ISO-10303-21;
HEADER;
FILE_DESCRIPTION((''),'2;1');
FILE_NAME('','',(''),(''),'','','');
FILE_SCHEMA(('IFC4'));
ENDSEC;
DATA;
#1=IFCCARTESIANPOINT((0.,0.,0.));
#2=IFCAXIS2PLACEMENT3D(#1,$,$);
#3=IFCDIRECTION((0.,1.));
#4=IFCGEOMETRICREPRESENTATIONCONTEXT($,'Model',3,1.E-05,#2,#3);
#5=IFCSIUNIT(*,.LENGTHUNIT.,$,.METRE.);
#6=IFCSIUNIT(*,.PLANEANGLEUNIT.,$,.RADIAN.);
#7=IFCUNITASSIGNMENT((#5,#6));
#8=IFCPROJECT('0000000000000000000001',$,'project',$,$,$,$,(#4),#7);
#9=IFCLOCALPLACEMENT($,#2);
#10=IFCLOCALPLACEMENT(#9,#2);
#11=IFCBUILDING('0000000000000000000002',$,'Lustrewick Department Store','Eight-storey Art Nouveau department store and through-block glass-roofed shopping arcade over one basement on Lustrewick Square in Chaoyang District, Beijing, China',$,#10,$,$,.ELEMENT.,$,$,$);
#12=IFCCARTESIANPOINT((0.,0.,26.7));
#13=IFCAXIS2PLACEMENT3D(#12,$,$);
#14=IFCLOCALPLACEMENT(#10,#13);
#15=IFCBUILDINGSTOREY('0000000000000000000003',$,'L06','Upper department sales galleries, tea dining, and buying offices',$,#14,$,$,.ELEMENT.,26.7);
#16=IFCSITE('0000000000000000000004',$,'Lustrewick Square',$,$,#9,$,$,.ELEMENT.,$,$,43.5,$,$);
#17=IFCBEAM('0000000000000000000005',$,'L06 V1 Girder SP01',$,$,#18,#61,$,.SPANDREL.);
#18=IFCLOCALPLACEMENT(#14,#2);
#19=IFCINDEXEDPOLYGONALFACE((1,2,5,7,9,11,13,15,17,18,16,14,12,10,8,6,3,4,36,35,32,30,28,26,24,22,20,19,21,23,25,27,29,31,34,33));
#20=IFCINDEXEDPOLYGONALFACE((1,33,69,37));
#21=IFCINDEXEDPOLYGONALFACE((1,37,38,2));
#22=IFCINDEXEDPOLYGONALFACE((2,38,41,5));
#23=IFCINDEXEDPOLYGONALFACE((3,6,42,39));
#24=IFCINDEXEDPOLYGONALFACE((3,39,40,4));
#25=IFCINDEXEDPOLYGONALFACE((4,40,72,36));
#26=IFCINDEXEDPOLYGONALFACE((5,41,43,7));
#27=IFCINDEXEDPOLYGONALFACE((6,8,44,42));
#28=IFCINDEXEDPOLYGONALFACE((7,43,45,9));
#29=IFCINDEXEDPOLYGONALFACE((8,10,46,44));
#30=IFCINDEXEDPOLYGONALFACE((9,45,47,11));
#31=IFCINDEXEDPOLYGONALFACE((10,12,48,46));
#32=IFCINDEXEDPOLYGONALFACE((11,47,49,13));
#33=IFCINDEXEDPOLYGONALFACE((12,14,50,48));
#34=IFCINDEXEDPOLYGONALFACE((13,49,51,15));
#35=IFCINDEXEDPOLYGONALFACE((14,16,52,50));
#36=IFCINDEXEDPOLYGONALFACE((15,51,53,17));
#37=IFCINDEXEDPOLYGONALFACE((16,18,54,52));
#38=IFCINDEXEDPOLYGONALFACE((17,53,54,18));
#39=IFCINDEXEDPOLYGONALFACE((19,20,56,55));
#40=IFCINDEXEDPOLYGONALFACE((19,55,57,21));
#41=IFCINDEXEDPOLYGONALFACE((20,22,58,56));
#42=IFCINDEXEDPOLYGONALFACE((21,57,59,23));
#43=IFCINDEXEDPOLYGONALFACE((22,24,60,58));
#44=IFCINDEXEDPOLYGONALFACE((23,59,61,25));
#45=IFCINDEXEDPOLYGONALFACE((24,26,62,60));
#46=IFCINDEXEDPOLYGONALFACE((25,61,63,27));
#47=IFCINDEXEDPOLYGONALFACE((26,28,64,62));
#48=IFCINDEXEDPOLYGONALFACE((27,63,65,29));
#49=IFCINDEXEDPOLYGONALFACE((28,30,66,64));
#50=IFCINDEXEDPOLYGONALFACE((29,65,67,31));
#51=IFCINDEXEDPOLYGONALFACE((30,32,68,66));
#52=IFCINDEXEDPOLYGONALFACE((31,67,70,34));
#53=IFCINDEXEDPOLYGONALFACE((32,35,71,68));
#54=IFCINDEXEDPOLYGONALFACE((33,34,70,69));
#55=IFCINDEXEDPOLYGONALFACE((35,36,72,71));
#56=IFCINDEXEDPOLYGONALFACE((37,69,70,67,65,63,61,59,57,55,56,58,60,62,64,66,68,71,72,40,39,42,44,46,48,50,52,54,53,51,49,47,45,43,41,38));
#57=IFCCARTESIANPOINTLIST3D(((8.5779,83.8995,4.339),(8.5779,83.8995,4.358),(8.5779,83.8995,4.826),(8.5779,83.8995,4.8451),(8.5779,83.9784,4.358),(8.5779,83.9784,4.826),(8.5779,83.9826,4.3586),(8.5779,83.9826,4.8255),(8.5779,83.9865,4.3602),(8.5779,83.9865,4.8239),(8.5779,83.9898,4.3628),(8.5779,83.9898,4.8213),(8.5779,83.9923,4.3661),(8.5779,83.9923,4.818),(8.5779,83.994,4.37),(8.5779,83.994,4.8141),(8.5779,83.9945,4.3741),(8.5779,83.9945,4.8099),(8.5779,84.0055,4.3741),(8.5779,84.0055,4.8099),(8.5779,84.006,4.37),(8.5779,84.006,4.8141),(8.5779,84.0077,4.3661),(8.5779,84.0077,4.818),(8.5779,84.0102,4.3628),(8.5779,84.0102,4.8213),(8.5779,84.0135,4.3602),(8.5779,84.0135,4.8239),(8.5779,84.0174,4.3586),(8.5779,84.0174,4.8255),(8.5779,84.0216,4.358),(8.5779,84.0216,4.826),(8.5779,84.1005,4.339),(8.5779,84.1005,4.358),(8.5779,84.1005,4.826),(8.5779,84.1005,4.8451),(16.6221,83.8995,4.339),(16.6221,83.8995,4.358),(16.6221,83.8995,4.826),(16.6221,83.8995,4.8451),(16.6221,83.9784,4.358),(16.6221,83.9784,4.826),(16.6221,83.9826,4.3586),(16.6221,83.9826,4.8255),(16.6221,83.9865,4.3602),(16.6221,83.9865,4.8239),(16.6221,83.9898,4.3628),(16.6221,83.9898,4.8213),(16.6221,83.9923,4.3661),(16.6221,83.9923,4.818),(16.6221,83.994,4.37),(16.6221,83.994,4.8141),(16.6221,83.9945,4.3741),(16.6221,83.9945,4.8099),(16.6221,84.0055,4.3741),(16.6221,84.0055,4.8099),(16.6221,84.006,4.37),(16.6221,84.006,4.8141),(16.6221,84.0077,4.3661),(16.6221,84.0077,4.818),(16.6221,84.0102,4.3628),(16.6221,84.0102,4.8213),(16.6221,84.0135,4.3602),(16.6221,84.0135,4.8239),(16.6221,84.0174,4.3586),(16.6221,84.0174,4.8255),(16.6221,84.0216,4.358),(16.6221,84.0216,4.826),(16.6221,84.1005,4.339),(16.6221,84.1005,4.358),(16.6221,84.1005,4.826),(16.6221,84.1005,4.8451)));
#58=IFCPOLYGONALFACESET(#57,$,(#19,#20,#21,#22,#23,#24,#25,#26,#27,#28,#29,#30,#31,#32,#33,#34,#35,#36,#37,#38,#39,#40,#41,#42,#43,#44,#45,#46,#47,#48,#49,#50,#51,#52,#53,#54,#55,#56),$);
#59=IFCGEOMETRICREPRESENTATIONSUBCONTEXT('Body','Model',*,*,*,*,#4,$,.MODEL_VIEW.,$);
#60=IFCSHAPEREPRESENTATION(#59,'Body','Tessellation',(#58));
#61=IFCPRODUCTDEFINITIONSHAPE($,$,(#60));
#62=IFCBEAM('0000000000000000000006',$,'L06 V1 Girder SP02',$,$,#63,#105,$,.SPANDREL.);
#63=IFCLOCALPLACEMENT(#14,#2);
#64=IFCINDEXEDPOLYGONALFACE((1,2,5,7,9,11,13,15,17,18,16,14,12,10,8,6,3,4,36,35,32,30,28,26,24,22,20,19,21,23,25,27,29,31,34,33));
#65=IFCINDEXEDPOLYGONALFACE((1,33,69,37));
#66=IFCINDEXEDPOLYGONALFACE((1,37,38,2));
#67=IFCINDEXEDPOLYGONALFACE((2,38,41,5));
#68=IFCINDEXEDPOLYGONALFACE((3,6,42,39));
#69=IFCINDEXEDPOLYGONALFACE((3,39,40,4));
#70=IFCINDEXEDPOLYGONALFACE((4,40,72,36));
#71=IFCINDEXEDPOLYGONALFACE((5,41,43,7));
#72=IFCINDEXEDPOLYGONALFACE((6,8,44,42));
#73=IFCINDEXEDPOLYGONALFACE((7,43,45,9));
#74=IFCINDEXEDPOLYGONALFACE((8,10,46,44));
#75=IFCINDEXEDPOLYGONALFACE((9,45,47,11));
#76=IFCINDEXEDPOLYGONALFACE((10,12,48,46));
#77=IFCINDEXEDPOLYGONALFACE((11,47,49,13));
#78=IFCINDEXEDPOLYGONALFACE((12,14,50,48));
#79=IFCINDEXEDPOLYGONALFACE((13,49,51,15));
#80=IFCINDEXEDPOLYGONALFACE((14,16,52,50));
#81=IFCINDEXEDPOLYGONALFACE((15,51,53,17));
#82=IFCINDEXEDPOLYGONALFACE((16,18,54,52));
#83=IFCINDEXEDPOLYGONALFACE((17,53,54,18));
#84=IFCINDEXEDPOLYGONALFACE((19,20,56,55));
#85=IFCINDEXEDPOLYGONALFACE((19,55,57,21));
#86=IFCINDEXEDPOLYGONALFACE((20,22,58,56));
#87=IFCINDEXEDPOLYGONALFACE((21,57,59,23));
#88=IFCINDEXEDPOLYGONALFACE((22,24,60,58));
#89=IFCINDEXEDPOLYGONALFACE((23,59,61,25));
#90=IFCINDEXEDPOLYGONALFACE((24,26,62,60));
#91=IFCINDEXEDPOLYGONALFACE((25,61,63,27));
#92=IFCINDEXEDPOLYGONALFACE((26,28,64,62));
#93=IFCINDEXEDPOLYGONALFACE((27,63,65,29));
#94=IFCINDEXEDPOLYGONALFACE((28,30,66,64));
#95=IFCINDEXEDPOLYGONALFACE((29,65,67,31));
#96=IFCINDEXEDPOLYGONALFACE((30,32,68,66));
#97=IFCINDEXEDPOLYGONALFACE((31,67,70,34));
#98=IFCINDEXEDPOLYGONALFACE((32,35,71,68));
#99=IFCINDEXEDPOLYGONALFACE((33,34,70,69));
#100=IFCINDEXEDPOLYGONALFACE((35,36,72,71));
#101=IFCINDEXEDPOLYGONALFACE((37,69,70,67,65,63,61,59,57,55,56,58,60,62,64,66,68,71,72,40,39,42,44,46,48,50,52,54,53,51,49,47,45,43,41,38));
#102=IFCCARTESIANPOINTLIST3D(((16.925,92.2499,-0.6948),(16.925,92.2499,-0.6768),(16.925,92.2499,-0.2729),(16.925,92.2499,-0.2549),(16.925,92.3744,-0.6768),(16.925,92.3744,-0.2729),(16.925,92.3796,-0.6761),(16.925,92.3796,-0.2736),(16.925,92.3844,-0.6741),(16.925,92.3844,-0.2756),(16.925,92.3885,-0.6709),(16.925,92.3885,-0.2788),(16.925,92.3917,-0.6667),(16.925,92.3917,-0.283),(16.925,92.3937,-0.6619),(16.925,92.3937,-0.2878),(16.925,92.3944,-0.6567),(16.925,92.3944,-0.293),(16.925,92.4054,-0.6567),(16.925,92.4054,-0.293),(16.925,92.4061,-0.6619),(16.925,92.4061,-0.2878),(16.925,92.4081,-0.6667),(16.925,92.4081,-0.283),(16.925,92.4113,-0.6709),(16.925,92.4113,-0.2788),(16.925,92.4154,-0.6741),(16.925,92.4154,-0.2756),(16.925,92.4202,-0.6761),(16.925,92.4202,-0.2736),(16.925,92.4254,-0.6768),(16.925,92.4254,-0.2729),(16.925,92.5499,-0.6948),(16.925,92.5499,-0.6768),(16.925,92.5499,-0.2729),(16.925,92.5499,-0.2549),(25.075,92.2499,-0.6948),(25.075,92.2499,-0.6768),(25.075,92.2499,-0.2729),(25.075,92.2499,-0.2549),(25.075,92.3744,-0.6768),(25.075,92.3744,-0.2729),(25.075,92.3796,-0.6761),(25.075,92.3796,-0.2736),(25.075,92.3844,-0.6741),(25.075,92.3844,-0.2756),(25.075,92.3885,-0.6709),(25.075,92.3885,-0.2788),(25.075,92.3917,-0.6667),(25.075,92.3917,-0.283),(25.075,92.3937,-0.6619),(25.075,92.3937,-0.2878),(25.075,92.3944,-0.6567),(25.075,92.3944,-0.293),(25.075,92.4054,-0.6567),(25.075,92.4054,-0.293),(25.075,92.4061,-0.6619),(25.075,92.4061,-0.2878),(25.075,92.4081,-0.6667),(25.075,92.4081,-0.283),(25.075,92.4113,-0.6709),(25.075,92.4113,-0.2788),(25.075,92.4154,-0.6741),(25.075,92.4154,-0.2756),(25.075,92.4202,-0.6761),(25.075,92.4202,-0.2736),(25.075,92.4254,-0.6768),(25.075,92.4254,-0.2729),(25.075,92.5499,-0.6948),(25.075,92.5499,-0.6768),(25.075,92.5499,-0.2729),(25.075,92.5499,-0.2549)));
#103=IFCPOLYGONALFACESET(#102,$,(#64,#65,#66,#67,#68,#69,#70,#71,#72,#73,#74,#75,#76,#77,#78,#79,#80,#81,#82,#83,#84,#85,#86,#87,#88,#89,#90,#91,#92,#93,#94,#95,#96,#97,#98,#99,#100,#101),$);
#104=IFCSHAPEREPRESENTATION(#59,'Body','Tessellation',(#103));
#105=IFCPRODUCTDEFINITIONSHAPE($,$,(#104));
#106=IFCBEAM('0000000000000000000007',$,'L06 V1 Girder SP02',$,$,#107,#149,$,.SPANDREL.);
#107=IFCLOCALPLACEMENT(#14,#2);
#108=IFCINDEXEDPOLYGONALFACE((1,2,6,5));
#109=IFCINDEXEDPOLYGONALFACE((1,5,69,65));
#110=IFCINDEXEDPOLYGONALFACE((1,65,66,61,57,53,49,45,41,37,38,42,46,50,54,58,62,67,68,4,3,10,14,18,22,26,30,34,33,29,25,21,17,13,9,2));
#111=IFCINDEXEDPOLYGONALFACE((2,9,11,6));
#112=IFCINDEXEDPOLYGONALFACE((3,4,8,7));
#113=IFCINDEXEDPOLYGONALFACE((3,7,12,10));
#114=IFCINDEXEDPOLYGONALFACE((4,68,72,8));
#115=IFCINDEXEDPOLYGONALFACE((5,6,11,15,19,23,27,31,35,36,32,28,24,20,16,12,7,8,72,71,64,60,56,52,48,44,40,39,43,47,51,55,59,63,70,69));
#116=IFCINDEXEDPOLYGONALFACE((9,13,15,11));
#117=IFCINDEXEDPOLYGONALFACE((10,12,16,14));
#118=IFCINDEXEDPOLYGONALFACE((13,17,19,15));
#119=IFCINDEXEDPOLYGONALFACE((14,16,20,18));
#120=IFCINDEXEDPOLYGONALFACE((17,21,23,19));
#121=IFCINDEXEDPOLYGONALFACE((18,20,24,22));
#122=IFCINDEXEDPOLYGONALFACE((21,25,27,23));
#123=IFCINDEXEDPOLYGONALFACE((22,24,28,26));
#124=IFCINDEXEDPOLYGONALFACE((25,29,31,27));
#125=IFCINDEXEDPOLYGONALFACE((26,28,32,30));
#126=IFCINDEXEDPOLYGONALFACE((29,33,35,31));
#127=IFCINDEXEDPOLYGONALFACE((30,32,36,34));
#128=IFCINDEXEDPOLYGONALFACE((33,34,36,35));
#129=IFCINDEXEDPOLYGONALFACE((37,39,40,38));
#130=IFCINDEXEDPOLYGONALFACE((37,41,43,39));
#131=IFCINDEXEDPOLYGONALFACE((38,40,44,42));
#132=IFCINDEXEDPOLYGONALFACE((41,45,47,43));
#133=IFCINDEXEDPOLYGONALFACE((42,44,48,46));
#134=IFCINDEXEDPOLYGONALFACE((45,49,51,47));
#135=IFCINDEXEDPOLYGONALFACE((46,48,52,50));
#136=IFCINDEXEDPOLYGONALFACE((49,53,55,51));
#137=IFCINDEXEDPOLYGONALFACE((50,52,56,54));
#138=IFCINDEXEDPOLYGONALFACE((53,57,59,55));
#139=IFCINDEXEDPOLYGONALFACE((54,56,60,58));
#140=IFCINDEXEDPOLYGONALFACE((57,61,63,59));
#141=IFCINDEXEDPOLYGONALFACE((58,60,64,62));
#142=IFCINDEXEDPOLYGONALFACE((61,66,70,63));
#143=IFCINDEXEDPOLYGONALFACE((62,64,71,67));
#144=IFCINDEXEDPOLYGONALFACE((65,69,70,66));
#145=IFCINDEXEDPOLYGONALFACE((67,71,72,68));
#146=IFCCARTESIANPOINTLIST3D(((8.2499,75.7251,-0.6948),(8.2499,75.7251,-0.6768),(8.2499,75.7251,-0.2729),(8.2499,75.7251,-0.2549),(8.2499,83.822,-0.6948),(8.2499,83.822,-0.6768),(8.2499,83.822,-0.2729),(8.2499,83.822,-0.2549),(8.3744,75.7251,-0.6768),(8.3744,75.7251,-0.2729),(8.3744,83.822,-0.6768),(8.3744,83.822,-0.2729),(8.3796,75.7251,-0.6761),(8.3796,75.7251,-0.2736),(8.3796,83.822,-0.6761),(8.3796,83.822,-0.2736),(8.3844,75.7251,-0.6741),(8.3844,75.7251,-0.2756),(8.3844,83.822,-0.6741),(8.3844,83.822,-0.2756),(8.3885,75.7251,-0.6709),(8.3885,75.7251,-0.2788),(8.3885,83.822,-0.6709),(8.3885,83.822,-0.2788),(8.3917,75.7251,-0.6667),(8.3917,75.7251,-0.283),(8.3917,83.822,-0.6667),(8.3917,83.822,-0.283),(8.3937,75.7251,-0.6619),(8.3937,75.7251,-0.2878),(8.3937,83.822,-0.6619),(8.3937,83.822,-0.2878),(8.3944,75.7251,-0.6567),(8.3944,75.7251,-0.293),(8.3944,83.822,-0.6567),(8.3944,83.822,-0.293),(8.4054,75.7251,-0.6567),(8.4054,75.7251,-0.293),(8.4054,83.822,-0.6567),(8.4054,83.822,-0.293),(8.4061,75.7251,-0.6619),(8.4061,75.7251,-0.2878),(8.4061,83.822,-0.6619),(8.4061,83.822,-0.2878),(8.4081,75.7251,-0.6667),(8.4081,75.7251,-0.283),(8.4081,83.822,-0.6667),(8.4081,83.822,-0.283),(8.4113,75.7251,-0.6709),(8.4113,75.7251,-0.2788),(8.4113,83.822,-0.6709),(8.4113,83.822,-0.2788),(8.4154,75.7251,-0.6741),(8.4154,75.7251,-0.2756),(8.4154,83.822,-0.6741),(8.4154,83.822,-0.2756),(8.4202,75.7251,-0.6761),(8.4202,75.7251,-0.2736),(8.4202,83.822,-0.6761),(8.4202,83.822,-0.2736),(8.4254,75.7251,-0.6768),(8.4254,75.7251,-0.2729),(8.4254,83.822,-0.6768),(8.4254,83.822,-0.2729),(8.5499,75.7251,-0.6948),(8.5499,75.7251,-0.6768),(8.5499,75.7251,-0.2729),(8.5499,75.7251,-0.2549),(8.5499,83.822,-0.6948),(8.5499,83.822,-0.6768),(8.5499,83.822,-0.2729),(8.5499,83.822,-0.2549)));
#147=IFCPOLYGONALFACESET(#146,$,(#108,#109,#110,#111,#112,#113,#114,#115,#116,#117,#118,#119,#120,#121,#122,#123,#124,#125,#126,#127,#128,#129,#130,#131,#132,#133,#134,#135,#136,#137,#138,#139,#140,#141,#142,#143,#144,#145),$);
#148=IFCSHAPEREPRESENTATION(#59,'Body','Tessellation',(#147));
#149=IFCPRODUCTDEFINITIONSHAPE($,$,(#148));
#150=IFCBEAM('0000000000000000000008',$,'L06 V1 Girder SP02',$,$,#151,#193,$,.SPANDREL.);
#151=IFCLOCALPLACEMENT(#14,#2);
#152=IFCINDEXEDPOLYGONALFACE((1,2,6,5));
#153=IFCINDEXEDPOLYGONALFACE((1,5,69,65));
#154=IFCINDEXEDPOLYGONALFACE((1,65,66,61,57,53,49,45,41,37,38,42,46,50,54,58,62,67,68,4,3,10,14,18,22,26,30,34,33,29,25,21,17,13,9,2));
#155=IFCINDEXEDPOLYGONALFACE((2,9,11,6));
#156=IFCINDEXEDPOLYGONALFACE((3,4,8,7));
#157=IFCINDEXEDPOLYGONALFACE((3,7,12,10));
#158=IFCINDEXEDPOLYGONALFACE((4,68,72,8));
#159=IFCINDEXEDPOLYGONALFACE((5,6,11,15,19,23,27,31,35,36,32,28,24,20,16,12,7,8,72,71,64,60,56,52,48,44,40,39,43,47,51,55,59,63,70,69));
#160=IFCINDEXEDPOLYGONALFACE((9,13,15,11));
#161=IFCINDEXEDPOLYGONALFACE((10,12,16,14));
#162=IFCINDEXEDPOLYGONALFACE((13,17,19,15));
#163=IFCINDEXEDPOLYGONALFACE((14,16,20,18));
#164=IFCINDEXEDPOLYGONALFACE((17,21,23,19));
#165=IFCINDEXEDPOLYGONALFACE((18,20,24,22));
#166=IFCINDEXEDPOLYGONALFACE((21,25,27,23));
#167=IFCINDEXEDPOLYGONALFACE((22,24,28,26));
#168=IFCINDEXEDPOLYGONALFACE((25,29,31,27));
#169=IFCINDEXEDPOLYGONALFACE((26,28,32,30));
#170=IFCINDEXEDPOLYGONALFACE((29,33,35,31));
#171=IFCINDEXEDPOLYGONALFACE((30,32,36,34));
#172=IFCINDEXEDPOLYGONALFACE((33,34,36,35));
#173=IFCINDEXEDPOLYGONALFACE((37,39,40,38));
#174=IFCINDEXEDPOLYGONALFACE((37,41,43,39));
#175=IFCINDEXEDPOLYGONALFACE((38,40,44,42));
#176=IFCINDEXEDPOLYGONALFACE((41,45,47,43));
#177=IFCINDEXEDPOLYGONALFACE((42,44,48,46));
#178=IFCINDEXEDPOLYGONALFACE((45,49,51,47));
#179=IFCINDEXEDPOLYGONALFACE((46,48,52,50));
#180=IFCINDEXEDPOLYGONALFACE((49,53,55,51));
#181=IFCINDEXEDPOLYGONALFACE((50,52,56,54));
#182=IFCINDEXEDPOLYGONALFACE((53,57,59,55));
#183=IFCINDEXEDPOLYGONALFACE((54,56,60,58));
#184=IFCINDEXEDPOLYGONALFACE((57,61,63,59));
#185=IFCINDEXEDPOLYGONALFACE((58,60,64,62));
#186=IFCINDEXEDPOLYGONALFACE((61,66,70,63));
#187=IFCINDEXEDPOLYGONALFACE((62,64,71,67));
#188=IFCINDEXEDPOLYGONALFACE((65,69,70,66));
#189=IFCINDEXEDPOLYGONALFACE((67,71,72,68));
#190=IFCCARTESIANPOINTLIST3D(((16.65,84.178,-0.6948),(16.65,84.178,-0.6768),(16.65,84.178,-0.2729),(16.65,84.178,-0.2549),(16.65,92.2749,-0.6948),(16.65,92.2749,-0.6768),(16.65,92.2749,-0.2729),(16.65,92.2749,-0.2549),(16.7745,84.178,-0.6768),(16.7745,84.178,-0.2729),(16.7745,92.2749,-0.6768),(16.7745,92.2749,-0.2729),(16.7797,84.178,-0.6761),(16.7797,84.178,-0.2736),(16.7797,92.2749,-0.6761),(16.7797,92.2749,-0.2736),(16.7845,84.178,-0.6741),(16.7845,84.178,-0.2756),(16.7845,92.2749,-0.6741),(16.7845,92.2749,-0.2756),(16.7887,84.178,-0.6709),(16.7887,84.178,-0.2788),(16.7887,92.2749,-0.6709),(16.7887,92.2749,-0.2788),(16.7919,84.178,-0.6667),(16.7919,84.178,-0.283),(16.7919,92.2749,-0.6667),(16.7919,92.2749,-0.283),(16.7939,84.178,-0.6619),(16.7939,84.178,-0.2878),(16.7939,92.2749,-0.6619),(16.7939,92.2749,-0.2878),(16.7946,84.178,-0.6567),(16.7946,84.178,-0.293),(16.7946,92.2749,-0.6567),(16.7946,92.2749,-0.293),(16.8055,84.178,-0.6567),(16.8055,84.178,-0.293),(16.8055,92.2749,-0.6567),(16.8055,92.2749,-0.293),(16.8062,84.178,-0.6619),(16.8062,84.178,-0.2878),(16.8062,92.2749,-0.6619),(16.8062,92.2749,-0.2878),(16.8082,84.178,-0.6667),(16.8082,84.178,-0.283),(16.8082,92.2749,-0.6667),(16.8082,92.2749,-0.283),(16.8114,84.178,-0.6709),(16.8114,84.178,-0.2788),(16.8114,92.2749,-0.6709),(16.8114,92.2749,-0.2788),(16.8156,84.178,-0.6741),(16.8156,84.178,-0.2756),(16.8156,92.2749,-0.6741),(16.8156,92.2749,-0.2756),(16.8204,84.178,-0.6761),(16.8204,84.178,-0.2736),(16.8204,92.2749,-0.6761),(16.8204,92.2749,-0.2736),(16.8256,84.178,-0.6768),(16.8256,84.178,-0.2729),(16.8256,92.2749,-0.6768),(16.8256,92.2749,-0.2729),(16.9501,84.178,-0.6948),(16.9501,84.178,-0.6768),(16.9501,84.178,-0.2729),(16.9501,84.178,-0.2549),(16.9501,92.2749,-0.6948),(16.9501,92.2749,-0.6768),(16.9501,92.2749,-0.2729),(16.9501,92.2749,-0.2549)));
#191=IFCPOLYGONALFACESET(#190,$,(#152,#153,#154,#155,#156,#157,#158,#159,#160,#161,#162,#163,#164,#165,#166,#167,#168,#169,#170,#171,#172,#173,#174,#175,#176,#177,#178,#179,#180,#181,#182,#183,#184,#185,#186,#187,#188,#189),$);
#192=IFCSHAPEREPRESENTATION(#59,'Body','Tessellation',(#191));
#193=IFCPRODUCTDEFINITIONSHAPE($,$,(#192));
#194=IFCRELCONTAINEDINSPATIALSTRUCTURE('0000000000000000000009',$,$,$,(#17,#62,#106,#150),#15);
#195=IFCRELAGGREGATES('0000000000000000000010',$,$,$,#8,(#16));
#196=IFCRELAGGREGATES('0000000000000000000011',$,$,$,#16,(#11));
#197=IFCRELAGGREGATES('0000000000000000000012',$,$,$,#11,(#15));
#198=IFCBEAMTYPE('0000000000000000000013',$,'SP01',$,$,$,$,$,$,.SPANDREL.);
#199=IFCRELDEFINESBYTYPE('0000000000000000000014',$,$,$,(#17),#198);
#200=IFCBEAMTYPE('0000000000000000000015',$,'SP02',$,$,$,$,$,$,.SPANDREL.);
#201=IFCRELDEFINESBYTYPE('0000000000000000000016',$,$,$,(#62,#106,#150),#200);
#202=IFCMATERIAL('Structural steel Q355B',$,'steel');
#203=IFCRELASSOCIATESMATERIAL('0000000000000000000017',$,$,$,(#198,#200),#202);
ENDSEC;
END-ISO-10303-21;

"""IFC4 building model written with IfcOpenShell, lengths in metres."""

from ifc_helpers import new_model, si_unit, direction, frame, origin, origin_2d, place, context, subcontext, project, spatial, i_section, extrude, material, material_profile, profile_set, type_object, element, save


model = new_model("IFC4")

# Units and contexts
model_context = context("Model", 3, precision=1e-05, world=origin(), true_north=direction((0.0, 1.0)))
body_context = subcontext(model_context, "Body", "Model", "MODEL_VIEW")
ifc_project = project(units=[si_unit("LENGTHUNIT", "METRE"), si_unit("PLANEANGLEUNIT", "RADIAN")], contexts=[model_context])

# Site, building, storey
site_placement = place(None, origin())
site = spatial("IfcSite", under=ifc_project, at=site_placement, Name="Lustrewick Square", CompositionType="ELEMENT", RefElevation=43.5)
building_placement = place(site_placement, origin())
building = spatial("IfcBuilding", under=site, at=building_placement, Name="Lustrewick Department Store", Description="Eight-storey Art Nouveau department store and through-block glass-roofed shopping arcade over one basement on Lustrewick Square in Chaoyang District, Beijing, China", CompositionType="ELEMENT")
storey_placement = place(building_placement, frame((0.0, 0.0, 26.7)))
storey = spatial("IfcBuildingStorey", under=building, at=storey_placement, Name="L06", Description="Upper department sales galleries, tea dining, and buying offices", CompositionType="ELEMENT", Elevation=26.7)

# Shared definitions
ifc_material_1 = material(Name="Structural steel Q355B", Category="steel")

# Beams
ifc_material_profile_1 = material_profile(ifc_material_1, i_section(OverallWidth=0.2009, OverallDepth=0.5061, WebThickness=0.011, FlangeThickness=0.019, FilletRadius=0.0161, at=origin_2d()), Name="HN 506x201x11x19")
ifc_profile_set_1 = profile_set([ifc_material_profile_1], Name="Structural steel Q355B")
beam_type_1 = type_object("IfcBeamType", Name="SP01", PredefinedType="SPANDREL", material=ifc_profile_set_1)
beam_1_placement = place(storey_placement, frame((8.5779, 84.0, 4.592), z_axis=(1.0, 0.0, 0.0), x_axis=(0.0, 1.0, 0.0)))
element("IfcBeam", 1, at=beam_1_placement, inside=storey, type_object=beam_type_1, Name="L06 V1 Girder SP01", PredefinedType="SPANDREL", context=body_context, shape_type="SweptSolid", body=[
    extrude(i_section(OverallWidth=0.2009, OverallDepth=0.5061, WebThickness=0.011, FlangeThickness=0.019, FilletRadius=0.0161, at=origin_2d()), origin(), (0.0, 0.0, 1.0), 8.0442),
])
ifc_material_profile_2 = material_profile(ifc_material_1, i_section(OverallWidth=0.3, OverallDepth=0.4399, WebThickness=0.011, FlangeThickness=0.0181, FilletRadius=0.02, at=origin_2d()), Name="HM 440x300x11x18")
ifc_profile_set_2 = profile_set([ifc_material_profile_2], Name="Structural steel Q355B")
beam_type_2 = type_object("IfcBeamType", Name="SP02", PredefinedType="SPANDREL", material=ifc_profile_set_2)
beam_2_placement = place(storey_placement, frame((16.925, 92.3999, -0.4749), z_axis=(1.0, 0.0, 0.0), x_axis=(0.0, 1.0, 0.0)))
element("IfcBeam", 2, at=beam_2_placement, inside=storey, type_object=beam_type_2, Name="L06 V1 Girder SP02", PredefinedType="SPANDREL", context=body_context, shape_type="SweptSolid", body=[
    extrude(i_section(OverallWidth=0.3, OverallDepth=0.4399, WebThickness=0.011, FlangeThickness=0.0181, FilletRadius=0.02, at=origin_2d()), origin(), (0.0, 0.0, 1.0), 8.1499),
])
for number, where, z_axis, x_axis, name in (
    (3, (8.3999, 75.7251, -0.4749), (0.0, 1.0, 0.0), (-1.0, 0.0, 0.0), "L06 V1 Girder SP02"),
    (4, (16.8, 84.178, -0.4749), (0.0, 1.0, 0.0), (-1.0, 0.0, 0.0), "L06 V1 Girder SP02"),
):
    element("IfcBeam", number, at=place(storey_placement, frame(where, z_axis=z_axis, x_axis=x_axis)), inside=storey, type_object=beam_type_2, Name=name, PredefinedType="SPANDREL", context=body_context, shape_type="SweptSolid", body=[
        extrude(i_section(OverallWidth=0.3, OverallDepth=0.4399, WebThickness=0.011, FlangeThickness=0.0181, FilletRadius=0.02, at=origin_2d()), origin(), (0.0, 0.0, 1.0), 8.0969),
    ])

save(model, "model.ifc")
